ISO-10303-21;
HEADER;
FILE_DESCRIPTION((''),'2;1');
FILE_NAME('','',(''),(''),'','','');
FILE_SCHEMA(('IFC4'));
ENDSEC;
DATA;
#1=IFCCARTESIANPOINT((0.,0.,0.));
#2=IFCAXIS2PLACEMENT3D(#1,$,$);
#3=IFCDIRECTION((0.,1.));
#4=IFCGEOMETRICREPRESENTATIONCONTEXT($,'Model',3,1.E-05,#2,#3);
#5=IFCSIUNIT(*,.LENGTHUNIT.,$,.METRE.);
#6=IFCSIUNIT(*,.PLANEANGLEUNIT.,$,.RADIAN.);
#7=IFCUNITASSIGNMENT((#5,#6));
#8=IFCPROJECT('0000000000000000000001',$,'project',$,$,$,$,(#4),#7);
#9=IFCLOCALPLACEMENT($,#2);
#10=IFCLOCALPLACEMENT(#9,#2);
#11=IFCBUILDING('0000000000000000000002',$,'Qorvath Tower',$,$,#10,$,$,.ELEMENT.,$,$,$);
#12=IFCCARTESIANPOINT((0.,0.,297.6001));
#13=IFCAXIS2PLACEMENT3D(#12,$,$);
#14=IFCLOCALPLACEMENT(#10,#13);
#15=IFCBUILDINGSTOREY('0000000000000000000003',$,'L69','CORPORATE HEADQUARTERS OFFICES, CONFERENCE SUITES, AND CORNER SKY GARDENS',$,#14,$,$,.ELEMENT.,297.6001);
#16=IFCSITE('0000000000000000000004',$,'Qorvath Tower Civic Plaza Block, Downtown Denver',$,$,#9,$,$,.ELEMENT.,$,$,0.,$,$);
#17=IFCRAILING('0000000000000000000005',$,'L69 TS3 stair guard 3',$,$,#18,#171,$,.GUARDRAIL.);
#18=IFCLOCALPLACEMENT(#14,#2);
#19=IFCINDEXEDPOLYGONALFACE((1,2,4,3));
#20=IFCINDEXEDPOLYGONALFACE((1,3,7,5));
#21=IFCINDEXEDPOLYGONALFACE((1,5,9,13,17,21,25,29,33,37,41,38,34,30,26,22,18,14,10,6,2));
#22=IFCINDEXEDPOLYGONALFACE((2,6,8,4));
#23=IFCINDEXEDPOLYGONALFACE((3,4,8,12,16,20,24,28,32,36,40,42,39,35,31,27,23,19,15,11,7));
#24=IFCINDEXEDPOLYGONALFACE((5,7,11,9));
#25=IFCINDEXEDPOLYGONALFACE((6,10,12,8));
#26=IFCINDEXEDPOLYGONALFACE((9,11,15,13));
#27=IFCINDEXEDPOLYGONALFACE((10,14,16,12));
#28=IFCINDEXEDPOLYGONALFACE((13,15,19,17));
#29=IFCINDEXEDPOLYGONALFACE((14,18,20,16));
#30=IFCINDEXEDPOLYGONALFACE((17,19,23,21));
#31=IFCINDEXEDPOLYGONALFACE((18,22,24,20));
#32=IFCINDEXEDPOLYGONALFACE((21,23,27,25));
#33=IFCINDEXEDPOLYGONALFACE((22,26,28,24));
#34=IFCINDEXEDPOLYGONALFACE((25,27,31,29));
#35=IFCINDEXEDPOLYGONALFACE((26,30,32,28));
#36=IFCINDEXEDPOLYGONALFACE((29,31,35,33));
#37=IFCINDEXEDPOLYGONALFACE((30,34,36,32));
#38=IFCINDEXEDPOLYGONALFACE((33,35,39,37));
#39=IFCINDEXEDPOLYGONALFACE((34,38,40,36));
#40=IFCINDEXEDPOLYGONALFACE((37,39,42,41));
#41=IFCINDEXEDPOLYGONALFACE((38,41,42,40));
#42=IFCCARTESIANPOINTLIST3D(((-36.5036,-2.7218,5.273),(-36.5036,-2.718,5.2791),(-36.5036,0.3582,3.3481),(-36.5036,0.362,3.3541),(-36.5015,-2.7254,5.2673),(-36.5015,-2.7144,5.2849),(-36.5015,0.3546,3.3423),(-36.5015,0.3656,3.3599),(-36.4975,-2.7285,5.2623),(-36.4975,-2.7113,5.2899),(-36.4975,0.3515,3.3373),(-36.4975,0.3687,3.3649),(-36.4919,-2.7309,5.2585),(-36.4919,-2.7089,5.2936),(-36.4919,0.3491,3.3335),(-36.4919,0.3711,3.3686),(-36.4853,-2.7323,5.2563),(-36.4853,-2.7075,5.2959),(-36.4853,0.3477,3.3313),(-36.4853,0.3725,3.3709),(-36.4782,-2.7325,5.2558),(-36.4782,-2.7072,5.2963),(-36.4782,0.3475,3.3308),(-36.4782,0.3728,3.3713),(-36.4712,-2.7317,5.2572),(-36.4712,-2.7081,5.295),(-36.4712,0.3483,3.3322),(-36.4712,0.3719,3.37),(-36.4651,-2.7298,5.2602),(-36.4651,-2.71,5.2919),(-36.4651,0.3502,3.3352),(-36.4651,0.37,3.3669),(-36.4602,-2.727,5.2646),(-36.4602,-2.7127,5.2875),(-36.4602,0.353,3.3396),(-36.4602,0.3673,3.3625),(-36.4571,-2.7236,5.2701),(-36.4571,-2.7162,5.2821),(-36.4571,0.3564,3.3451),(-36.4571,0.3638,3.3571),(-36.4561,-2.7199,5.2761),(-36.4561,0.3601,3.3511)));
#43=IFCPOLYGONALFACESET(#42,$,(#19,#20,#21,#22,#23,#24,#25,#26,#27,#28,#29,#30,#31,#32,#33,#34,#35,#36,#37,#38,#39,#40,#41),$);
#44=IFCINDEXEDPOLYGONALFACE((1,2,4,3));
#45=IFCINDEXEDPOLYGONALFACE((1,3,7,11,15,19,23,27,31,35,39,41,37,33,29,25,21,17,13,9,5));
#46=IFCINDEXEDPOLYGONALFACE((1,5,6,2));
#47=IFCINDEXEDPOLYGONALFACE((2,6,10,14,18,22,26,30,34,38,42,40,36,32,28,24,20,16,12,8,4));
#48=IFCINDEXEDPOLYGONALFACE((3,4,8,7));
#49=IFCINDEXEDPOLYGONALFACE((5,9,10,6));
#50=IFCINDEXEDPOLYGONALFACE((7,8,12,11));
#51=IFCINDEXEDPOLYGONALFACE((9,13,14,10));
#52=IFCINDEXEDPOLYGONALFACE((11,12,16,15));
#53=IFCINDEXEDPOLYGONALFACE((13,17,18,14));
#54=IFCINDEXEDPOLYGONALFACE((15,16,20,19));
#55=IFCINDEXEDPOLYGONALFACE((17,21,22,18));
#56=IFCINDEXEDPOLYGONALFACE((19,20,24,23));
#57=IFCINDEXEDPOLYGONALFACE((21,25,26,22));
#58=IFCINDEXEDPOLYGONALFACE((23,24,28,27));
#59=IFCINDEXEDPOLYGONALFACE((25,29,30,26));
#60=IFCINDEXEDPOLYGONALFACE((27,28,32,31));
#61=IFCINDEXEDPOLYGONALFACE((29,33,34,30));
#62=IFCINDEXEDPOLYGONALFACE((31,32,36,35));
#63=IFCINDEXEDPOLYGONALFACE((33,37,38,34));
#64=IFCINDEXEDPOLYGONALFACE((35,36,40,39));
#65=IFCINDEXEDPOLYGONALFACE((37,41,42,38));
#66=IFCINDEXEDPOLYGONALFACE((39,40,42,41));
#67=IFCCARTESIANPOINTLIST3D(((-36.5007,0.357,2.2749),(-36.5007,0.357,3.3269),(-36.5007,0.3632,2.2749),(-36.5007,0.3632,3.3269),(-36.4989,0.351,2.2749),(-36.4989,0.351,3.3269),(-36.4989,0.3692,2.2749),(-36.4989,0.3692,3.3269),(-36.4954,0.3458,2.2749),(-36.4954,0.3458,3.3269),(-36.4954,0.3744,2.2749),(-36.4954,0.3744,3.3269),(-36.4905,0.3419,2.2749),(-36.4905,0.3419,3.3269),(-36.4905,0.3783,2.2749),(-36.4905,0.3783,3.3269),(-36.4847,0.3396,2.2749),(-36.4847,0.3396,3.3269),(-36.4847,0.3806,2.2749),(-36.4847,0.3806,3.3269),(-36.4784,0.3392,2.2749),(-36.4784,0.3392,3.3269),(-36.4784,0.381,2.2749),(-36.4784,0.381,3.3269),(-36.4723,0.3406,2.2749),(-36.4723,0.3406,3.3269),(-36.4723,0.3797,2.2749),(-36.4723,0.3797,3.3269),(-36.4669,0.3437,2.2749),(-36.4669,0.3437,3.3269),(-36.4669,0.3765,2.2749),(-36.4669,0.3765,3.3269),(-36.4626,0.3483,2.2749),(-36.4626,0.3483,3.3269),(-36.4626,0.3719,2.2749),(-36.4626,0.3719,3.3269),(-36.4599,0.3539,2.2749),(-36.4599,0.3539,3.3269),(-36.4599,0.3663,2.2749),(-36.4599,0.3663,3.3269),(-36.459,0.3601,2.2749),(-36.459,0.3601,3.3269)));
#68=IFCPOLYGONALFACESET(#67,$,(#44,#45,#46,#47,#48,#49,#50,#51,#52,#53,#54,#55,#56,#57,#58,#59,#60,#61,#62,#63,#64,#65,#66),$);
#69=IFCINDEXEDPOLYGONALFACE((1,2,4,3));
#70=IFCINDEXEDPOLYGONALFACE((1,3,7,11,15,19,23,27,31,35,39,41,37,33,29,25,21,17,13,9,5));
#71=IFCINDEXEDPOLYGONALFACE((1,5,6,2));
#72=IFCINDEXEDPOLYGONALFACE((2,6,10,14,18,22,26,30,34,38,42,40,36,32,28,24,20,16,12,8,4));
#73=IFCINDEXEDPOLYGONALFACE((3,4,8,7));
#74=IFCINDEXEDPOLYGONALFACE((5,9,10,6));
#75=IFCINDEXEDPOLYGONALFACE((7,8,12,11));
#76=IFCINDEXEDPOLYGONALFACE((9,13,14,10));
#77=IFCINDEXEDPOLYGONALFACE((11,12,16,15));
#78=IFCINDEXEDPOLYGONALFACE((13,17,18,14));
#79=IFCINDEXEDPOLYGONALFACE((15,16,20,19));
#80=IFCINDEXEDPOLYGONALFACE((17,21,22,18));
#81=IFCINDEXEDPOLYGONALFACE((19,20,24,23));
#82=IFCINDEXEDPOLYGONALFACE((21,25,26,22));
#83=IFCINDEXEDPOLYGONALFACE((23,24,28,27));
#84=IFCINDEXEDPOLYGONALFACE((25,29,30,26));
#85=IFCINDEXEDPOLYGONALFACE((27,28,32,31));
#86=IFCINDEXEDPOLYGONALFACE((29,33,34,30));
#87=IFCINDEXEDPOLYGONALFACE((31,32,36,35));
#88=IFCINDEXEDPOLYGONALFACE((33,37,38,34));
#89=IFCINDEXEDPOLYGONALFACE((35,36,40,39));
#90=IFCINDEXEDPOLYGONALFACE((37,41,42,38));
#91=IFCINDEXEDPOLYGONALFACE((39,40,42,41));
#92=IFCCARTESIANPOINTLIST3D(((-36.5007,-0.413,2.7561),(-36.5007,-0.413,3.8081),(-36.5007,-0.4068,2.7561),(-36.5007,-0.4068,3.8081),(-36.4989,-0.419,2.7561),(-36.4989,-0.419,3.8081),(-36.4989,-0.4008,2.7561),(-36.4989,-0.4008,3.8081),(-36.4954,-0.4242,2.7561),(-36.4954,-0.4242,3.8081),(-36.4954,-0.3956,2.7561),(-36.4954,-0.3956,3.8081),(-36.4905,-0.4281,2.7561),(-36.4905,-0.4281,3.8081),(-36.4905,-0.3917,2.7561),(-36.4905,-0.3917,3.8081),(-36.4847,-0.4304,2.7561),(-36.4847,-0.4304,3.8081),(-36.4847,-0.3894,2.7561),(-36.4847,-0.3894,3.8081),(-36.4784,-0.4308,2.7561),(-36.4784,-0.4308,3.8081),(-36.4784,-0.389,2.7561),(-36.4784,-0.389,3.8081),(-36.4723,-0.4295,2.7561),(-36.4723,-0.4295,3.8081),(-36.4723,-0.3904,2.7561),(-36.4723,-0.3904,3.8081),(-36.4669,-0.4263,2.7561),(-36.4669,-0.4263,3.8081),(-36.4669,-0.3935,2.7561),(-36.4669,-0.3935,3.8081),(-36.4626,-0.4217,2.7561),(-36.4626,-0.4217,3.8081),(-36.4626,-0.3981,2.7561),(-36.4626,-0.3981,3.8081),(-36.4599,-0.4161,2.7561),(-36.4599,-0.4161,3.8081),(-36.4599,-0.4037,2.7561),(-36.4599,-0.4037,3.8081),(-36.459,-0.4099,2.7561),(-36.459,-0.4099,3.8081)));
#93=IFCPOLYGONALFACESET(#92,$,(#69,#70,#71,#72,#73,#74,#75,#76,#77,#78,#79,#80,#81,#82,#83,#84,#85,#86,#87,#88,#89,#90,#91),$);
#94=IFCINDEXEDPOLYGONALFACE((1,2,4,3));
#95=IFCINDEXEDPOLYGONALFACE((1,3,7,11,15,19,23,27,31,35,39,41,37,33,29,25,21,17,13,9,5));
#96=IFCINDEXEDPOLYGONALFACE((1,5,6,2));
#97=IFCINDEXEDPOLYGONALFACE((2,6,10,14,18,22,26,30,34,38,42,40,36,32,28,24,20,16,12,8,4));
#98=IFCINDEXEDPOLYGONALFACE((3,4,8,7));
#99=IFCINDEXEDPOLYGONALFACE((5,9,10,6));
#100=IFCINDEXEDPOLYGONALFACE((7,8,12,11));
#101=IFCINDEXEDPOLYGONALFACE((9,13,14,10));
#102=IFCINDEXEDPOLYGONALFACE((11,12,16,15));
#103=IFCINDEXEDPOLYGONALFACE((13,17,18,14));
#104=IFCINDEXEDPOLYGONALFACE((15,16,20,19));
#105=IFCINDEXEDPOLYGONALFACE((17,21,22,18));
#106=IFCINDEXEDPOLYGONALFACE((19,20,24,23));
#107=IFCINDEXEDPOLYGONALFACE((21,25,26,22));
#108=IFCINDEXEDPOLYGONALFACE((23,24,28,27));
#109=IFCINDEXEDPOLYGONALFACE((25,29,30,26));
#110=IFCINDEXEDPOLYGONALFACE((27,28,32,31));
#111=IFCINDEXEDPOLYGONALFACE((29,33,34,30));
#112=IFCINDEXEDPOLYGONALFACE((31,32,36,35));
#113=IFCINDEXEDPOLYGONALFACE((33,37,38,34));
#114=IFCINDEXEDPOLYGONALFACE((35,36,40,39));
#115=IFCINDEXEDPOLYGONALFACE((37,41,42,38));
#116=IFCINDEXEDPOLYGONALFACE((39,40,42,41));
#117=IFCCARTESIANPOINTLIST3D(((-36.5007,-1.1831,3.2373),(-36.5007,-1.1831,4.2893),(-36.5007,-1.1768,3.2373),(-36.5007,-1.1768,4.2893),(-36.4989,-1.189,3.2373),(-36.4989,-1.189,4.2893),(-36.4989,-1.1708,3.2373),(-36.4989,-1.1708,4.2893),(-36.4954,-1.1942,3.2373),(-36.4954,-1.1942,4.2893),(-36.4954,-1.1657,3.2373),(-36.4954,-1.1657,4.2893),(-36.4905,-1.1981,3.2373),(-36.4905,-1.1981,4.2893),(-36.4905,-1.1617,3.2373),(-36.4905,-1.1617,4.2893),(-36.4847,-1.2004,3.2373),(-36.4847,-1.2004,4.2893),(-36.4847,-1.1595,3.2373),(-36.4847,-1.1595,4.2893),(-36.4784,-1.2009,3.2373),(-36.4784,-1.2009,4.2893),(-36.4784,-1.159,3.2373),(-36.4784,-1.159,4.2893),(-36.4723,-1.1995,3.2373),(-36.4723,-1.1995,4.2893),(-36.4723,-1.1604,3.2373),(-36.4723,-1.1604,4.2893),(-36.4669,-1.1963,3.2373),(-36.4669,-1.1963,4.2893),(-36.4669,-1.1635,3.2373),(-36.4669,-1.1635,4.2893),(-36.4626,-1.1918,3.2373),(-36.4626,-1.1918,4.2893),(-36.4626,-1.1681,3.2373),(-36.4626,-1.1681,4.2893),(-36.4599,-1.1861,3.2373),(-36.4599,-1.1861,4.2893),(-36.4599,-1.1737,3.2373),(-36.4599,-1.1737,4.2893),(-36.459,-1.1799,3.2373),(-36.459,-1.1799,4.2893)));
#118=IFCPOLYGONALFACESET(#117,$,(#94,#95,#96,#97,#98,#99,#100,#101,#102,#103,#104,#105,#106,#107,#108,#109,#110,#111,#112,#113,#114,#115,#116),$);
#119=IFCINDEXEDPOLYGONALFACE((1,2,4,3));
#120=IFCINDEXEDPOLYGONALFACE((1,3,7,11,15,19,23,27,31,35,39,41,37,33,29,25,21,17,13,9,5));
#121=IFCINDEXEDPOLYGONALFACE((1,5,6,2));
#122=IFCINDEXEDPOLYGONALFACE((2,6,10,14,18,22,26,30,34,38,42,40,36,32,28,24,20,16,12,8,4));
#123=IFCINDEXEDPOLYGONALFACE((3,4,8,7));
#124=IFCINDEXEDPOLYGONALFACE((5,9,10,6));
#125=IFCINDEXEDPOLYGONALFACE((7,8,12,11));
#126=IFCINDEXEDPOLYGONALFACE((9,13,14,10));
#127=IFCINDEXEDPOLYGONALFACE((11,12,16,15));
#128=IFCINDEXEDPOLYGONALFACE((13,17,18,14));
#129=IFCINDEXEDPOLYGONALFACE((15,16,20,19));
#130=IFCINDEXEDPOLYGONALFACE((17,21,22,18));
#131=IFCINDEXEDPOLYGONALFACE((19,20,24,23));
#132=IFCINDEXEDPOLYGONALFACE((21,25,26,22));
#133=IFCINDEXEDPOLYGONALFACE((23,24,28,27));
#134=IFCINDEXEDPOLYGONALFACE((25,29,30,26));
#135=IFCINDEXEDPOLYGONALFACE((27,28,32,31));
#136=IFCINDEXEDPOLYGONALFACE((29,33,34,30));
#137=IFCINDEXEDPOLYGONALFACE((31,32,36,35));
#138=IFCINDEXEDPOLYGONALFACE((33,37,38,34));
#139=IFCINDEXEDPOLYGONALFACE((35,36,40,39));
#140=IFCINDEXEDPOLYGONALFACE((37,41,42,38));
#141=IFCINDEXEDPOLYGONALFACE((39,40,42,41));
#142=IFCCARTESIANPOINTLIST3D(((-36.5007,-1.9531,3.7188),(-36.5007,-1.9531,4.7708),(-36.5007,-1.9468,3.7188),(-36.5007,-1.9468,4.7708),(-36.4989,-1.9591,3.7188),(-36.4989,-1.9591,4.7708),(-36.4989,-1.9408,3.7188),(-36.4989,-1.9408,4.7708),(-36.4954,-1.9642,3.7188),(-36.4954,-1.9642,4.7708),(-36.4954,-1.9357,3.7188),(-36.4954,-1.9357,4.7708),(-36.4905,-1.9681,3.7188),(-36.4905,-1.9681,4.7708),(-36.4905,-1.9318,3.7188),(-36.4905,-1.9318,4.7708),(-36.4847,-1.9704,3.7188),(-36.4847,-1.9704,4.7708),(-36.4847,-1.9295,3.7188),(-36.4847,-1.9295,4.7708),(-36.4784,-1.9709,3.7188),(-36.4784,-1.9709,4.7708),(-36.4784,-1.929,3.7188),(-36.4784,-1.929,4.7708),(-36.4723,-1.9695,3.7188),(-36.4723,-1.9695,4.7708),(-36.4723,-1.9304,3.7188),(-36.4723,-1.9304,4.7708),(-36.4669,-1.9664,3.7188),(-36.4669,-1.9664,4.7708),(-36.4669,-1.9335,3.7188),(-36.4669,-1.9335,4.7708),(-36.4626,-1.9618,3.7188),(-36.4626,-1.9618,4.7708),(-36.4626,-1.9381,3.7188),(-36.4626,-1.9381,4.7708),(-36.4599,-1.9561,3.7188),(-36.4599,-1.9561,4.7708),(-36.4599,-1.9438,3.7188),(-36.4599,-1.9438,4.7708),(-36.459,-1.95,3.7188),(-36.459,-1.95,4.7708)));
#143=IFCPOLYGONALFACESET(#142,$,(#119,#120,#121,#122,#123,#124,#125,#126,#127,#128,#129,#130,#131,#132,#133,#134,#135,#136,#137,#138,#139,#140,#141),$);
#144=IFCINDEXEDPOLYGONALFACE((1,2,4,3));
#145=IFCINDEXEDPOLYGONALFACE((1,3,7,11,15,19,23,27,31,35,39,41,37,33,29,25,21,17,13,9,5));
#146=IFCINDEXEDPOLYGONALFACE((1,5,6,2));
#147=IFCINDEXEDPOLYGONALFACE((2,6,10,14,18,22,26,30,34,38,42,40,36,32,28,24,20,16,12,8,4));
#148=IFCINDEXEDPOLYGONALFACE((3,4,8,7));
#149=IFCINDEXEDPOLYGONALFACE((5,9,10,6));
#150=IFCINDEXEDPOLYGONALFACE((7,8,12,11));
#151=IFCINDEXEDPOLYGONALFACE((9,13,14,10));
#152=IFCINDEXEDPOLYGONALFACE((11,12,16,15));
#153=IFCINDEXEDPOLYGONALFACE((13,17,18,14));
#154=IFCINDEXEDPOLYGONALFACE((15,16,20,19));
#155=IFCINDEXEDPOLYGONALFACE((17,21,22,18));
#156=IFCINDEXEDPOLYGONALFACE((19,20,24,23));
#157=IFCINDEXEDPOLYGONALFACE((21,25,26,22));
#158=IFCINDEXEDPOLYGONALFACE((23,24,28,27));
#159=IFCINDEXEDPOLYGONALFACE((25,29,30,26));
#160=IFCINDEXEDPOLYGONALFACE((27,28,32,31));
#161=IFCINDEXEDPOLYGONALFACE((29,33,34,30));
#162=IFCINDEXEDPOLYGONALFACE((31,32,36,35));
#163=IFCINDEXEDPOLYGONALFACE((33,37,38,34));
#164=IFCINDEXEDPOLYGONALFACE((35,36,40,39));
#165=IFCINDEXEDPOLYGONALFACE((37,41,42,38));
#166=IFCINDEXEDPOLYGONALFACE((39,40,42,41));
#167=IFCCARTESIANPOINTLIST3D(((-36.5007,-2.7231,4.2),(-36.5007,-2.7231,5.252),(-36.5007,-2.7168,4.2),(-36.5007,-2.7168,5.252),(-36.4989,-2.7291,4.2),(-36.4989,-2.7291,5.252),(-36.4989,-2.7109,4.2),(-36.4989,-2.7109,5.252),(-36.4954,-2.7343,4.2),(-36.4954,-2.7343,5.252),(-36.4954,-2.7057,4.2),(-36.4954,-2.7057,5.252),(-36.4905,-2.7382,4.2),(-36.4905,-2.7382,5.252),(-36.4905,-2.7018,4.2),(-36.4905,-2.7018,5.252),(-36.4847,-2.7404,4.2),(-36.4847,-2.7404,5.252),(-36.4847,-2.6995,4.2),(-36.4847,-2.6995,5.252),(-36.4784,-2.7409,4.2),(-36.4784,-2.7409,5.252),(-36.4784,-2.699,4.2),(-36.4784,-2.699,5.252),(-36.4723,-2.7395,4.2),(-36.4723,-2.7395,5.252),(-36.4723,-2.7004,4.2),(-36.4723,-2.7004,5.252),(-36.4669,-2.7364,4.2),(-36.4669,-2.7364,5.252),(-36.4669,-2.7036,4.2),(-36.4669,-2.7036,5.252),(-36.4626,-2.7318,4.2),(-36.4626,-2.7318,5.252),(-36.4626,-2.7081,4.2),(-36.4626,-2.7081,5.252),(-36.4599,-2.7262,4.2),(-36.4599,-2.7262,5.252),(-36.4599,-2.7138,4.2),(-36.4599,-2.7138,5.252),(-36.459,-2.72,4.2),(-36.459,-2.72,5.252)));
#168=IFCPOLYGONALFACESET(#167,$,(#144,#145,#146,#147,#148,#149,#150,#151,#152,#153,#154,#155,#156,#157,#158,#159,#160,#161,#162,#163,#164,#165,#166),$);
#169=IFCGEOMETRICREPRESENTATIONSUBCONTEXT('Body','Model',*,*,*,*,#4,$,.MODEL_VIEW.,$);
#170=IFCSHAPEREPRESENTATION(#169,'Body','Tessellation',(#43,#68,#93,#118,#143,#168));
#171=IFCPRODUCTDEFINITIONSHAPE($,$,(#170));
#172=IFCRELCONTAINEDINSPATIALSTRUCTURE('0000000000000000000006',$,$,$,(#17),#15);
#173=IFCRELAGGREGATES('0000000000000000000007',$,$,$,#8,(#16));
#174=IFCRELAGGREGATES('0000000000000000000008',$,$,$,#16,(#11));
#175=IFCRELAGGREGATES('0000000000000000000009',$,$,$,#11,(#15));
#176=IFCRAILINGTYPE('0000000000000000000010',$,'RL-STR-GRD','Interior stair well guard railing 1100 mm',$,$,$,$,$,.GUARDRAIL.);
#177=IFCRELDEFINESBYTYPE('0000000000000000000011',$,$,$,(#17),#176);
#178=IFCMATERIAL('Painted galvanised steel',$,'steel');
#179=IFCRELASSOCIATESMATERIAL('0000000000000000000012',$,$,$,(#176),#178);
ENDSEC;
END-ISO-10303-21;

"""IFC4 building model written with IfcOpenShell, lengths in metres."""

from ifc_helpers import new_model, si_unit, direction, frame, origin, origin_2d, place, context, subcontext, project, spatial, circle, extrude, material, type_object, element, save


model = new_model("IFC4")

# Units and contexts
model_context = context("Model", 3, precision=1e-05, world=origin(), true_north=direction((0.0, 1.0)))
body_context = subcontext(model_context, "Body", "Model", "MODEL_VIEW")
ifc_project = project(units=[si_unit("LENGTHUNIT", "METRE"), si_unit("PLANEANGLEUNIT", "RADIAN")], contexts=[model_context])

# Site, building, storey
site_placement = place(None, origin())
site = spatial("IfcSite", under=ifc_project, at=site_placement, Name="Qorvath Tower Civic Plaza Block, Downtown Denver", CompositionType="ELEMENT", RefElevation=0.0)
building_placement = place(site_placement, origin())
building = spatial("IfcBuilding", under=site, at=building_placement, Name="Qorvath Tower", CompositionType="ELEMENT")
storey_placement = place(building_placement, frame((0.0, 0.0, 297.6001)))
storey = spatial("IfcBuildingStorey", under=building, at=storey_placement, Name="L69", Description="CORPORATE HEADQUARTERS OFFICES, CONFERENCE SUITES, AND CORNER SKY GARDENS", CompositionType="ELEMENT", Elevation=297.6001)

# Railing
ifc_material_1 = material(Name="Painted galvanised steel", Category="steel")
railing_type_1 = type_object("IfcRailingType", Name="RL-STR-GRD", Description="Interior stair well guard railing 1100 mm", PredefinedType="GUARDRAIL", material=ifc_material_1)
railing_1_placement = place(storey_placement, frame((-36.48, 0.3601, 2.2749)))
element("IfcRailing", 1, at=railing_1_placement, inside=storey, type_object=railing_type_1, Name="L69 TS3 stair guard 3", PredefinedType="GUARDRAIL", context=body_context, shape_type="SweptSolid", body=[
    extrude(circle(Radius=0.0239, at=origin_2d()), frame((0.0, 0.0, 1.0762), z_axis=(0.0, -0.847998, 0.529999), x_axis=(1.0, 0.0, 0.0)), (0.0, 0.0, 1.0), 3.6321),
    extrude(circle(Radius=0.021, at=origin_2d()), origin(), (0.0, 0.0, 1.0), 1.052),
    extrude(circle(Radius=0.021, at=origin_2d()), frame((0.0, -0.77, 0.4812)), (0.0, 0.0, 1.0), 1.052),
    extrude(circle(Radius=0.021, at=origin_2d()), frame((0.0, -1.54, 0.9624)), (0.0, 0.0, 1.0), 1.052),
    extrude(circle(Radius=0.021, at=origin_2d()), frame((0.0, -2.3101, 1.4438)), (0.0, 0.0, 1.0), 1.052),
    extrude(circle(Radius=0.021, at=origin_2d()), frame((0.0, -3.0801, 1.925)), (0.0, 0.0, 1.0), 1.052),
])

save(model, "model.ifc")
